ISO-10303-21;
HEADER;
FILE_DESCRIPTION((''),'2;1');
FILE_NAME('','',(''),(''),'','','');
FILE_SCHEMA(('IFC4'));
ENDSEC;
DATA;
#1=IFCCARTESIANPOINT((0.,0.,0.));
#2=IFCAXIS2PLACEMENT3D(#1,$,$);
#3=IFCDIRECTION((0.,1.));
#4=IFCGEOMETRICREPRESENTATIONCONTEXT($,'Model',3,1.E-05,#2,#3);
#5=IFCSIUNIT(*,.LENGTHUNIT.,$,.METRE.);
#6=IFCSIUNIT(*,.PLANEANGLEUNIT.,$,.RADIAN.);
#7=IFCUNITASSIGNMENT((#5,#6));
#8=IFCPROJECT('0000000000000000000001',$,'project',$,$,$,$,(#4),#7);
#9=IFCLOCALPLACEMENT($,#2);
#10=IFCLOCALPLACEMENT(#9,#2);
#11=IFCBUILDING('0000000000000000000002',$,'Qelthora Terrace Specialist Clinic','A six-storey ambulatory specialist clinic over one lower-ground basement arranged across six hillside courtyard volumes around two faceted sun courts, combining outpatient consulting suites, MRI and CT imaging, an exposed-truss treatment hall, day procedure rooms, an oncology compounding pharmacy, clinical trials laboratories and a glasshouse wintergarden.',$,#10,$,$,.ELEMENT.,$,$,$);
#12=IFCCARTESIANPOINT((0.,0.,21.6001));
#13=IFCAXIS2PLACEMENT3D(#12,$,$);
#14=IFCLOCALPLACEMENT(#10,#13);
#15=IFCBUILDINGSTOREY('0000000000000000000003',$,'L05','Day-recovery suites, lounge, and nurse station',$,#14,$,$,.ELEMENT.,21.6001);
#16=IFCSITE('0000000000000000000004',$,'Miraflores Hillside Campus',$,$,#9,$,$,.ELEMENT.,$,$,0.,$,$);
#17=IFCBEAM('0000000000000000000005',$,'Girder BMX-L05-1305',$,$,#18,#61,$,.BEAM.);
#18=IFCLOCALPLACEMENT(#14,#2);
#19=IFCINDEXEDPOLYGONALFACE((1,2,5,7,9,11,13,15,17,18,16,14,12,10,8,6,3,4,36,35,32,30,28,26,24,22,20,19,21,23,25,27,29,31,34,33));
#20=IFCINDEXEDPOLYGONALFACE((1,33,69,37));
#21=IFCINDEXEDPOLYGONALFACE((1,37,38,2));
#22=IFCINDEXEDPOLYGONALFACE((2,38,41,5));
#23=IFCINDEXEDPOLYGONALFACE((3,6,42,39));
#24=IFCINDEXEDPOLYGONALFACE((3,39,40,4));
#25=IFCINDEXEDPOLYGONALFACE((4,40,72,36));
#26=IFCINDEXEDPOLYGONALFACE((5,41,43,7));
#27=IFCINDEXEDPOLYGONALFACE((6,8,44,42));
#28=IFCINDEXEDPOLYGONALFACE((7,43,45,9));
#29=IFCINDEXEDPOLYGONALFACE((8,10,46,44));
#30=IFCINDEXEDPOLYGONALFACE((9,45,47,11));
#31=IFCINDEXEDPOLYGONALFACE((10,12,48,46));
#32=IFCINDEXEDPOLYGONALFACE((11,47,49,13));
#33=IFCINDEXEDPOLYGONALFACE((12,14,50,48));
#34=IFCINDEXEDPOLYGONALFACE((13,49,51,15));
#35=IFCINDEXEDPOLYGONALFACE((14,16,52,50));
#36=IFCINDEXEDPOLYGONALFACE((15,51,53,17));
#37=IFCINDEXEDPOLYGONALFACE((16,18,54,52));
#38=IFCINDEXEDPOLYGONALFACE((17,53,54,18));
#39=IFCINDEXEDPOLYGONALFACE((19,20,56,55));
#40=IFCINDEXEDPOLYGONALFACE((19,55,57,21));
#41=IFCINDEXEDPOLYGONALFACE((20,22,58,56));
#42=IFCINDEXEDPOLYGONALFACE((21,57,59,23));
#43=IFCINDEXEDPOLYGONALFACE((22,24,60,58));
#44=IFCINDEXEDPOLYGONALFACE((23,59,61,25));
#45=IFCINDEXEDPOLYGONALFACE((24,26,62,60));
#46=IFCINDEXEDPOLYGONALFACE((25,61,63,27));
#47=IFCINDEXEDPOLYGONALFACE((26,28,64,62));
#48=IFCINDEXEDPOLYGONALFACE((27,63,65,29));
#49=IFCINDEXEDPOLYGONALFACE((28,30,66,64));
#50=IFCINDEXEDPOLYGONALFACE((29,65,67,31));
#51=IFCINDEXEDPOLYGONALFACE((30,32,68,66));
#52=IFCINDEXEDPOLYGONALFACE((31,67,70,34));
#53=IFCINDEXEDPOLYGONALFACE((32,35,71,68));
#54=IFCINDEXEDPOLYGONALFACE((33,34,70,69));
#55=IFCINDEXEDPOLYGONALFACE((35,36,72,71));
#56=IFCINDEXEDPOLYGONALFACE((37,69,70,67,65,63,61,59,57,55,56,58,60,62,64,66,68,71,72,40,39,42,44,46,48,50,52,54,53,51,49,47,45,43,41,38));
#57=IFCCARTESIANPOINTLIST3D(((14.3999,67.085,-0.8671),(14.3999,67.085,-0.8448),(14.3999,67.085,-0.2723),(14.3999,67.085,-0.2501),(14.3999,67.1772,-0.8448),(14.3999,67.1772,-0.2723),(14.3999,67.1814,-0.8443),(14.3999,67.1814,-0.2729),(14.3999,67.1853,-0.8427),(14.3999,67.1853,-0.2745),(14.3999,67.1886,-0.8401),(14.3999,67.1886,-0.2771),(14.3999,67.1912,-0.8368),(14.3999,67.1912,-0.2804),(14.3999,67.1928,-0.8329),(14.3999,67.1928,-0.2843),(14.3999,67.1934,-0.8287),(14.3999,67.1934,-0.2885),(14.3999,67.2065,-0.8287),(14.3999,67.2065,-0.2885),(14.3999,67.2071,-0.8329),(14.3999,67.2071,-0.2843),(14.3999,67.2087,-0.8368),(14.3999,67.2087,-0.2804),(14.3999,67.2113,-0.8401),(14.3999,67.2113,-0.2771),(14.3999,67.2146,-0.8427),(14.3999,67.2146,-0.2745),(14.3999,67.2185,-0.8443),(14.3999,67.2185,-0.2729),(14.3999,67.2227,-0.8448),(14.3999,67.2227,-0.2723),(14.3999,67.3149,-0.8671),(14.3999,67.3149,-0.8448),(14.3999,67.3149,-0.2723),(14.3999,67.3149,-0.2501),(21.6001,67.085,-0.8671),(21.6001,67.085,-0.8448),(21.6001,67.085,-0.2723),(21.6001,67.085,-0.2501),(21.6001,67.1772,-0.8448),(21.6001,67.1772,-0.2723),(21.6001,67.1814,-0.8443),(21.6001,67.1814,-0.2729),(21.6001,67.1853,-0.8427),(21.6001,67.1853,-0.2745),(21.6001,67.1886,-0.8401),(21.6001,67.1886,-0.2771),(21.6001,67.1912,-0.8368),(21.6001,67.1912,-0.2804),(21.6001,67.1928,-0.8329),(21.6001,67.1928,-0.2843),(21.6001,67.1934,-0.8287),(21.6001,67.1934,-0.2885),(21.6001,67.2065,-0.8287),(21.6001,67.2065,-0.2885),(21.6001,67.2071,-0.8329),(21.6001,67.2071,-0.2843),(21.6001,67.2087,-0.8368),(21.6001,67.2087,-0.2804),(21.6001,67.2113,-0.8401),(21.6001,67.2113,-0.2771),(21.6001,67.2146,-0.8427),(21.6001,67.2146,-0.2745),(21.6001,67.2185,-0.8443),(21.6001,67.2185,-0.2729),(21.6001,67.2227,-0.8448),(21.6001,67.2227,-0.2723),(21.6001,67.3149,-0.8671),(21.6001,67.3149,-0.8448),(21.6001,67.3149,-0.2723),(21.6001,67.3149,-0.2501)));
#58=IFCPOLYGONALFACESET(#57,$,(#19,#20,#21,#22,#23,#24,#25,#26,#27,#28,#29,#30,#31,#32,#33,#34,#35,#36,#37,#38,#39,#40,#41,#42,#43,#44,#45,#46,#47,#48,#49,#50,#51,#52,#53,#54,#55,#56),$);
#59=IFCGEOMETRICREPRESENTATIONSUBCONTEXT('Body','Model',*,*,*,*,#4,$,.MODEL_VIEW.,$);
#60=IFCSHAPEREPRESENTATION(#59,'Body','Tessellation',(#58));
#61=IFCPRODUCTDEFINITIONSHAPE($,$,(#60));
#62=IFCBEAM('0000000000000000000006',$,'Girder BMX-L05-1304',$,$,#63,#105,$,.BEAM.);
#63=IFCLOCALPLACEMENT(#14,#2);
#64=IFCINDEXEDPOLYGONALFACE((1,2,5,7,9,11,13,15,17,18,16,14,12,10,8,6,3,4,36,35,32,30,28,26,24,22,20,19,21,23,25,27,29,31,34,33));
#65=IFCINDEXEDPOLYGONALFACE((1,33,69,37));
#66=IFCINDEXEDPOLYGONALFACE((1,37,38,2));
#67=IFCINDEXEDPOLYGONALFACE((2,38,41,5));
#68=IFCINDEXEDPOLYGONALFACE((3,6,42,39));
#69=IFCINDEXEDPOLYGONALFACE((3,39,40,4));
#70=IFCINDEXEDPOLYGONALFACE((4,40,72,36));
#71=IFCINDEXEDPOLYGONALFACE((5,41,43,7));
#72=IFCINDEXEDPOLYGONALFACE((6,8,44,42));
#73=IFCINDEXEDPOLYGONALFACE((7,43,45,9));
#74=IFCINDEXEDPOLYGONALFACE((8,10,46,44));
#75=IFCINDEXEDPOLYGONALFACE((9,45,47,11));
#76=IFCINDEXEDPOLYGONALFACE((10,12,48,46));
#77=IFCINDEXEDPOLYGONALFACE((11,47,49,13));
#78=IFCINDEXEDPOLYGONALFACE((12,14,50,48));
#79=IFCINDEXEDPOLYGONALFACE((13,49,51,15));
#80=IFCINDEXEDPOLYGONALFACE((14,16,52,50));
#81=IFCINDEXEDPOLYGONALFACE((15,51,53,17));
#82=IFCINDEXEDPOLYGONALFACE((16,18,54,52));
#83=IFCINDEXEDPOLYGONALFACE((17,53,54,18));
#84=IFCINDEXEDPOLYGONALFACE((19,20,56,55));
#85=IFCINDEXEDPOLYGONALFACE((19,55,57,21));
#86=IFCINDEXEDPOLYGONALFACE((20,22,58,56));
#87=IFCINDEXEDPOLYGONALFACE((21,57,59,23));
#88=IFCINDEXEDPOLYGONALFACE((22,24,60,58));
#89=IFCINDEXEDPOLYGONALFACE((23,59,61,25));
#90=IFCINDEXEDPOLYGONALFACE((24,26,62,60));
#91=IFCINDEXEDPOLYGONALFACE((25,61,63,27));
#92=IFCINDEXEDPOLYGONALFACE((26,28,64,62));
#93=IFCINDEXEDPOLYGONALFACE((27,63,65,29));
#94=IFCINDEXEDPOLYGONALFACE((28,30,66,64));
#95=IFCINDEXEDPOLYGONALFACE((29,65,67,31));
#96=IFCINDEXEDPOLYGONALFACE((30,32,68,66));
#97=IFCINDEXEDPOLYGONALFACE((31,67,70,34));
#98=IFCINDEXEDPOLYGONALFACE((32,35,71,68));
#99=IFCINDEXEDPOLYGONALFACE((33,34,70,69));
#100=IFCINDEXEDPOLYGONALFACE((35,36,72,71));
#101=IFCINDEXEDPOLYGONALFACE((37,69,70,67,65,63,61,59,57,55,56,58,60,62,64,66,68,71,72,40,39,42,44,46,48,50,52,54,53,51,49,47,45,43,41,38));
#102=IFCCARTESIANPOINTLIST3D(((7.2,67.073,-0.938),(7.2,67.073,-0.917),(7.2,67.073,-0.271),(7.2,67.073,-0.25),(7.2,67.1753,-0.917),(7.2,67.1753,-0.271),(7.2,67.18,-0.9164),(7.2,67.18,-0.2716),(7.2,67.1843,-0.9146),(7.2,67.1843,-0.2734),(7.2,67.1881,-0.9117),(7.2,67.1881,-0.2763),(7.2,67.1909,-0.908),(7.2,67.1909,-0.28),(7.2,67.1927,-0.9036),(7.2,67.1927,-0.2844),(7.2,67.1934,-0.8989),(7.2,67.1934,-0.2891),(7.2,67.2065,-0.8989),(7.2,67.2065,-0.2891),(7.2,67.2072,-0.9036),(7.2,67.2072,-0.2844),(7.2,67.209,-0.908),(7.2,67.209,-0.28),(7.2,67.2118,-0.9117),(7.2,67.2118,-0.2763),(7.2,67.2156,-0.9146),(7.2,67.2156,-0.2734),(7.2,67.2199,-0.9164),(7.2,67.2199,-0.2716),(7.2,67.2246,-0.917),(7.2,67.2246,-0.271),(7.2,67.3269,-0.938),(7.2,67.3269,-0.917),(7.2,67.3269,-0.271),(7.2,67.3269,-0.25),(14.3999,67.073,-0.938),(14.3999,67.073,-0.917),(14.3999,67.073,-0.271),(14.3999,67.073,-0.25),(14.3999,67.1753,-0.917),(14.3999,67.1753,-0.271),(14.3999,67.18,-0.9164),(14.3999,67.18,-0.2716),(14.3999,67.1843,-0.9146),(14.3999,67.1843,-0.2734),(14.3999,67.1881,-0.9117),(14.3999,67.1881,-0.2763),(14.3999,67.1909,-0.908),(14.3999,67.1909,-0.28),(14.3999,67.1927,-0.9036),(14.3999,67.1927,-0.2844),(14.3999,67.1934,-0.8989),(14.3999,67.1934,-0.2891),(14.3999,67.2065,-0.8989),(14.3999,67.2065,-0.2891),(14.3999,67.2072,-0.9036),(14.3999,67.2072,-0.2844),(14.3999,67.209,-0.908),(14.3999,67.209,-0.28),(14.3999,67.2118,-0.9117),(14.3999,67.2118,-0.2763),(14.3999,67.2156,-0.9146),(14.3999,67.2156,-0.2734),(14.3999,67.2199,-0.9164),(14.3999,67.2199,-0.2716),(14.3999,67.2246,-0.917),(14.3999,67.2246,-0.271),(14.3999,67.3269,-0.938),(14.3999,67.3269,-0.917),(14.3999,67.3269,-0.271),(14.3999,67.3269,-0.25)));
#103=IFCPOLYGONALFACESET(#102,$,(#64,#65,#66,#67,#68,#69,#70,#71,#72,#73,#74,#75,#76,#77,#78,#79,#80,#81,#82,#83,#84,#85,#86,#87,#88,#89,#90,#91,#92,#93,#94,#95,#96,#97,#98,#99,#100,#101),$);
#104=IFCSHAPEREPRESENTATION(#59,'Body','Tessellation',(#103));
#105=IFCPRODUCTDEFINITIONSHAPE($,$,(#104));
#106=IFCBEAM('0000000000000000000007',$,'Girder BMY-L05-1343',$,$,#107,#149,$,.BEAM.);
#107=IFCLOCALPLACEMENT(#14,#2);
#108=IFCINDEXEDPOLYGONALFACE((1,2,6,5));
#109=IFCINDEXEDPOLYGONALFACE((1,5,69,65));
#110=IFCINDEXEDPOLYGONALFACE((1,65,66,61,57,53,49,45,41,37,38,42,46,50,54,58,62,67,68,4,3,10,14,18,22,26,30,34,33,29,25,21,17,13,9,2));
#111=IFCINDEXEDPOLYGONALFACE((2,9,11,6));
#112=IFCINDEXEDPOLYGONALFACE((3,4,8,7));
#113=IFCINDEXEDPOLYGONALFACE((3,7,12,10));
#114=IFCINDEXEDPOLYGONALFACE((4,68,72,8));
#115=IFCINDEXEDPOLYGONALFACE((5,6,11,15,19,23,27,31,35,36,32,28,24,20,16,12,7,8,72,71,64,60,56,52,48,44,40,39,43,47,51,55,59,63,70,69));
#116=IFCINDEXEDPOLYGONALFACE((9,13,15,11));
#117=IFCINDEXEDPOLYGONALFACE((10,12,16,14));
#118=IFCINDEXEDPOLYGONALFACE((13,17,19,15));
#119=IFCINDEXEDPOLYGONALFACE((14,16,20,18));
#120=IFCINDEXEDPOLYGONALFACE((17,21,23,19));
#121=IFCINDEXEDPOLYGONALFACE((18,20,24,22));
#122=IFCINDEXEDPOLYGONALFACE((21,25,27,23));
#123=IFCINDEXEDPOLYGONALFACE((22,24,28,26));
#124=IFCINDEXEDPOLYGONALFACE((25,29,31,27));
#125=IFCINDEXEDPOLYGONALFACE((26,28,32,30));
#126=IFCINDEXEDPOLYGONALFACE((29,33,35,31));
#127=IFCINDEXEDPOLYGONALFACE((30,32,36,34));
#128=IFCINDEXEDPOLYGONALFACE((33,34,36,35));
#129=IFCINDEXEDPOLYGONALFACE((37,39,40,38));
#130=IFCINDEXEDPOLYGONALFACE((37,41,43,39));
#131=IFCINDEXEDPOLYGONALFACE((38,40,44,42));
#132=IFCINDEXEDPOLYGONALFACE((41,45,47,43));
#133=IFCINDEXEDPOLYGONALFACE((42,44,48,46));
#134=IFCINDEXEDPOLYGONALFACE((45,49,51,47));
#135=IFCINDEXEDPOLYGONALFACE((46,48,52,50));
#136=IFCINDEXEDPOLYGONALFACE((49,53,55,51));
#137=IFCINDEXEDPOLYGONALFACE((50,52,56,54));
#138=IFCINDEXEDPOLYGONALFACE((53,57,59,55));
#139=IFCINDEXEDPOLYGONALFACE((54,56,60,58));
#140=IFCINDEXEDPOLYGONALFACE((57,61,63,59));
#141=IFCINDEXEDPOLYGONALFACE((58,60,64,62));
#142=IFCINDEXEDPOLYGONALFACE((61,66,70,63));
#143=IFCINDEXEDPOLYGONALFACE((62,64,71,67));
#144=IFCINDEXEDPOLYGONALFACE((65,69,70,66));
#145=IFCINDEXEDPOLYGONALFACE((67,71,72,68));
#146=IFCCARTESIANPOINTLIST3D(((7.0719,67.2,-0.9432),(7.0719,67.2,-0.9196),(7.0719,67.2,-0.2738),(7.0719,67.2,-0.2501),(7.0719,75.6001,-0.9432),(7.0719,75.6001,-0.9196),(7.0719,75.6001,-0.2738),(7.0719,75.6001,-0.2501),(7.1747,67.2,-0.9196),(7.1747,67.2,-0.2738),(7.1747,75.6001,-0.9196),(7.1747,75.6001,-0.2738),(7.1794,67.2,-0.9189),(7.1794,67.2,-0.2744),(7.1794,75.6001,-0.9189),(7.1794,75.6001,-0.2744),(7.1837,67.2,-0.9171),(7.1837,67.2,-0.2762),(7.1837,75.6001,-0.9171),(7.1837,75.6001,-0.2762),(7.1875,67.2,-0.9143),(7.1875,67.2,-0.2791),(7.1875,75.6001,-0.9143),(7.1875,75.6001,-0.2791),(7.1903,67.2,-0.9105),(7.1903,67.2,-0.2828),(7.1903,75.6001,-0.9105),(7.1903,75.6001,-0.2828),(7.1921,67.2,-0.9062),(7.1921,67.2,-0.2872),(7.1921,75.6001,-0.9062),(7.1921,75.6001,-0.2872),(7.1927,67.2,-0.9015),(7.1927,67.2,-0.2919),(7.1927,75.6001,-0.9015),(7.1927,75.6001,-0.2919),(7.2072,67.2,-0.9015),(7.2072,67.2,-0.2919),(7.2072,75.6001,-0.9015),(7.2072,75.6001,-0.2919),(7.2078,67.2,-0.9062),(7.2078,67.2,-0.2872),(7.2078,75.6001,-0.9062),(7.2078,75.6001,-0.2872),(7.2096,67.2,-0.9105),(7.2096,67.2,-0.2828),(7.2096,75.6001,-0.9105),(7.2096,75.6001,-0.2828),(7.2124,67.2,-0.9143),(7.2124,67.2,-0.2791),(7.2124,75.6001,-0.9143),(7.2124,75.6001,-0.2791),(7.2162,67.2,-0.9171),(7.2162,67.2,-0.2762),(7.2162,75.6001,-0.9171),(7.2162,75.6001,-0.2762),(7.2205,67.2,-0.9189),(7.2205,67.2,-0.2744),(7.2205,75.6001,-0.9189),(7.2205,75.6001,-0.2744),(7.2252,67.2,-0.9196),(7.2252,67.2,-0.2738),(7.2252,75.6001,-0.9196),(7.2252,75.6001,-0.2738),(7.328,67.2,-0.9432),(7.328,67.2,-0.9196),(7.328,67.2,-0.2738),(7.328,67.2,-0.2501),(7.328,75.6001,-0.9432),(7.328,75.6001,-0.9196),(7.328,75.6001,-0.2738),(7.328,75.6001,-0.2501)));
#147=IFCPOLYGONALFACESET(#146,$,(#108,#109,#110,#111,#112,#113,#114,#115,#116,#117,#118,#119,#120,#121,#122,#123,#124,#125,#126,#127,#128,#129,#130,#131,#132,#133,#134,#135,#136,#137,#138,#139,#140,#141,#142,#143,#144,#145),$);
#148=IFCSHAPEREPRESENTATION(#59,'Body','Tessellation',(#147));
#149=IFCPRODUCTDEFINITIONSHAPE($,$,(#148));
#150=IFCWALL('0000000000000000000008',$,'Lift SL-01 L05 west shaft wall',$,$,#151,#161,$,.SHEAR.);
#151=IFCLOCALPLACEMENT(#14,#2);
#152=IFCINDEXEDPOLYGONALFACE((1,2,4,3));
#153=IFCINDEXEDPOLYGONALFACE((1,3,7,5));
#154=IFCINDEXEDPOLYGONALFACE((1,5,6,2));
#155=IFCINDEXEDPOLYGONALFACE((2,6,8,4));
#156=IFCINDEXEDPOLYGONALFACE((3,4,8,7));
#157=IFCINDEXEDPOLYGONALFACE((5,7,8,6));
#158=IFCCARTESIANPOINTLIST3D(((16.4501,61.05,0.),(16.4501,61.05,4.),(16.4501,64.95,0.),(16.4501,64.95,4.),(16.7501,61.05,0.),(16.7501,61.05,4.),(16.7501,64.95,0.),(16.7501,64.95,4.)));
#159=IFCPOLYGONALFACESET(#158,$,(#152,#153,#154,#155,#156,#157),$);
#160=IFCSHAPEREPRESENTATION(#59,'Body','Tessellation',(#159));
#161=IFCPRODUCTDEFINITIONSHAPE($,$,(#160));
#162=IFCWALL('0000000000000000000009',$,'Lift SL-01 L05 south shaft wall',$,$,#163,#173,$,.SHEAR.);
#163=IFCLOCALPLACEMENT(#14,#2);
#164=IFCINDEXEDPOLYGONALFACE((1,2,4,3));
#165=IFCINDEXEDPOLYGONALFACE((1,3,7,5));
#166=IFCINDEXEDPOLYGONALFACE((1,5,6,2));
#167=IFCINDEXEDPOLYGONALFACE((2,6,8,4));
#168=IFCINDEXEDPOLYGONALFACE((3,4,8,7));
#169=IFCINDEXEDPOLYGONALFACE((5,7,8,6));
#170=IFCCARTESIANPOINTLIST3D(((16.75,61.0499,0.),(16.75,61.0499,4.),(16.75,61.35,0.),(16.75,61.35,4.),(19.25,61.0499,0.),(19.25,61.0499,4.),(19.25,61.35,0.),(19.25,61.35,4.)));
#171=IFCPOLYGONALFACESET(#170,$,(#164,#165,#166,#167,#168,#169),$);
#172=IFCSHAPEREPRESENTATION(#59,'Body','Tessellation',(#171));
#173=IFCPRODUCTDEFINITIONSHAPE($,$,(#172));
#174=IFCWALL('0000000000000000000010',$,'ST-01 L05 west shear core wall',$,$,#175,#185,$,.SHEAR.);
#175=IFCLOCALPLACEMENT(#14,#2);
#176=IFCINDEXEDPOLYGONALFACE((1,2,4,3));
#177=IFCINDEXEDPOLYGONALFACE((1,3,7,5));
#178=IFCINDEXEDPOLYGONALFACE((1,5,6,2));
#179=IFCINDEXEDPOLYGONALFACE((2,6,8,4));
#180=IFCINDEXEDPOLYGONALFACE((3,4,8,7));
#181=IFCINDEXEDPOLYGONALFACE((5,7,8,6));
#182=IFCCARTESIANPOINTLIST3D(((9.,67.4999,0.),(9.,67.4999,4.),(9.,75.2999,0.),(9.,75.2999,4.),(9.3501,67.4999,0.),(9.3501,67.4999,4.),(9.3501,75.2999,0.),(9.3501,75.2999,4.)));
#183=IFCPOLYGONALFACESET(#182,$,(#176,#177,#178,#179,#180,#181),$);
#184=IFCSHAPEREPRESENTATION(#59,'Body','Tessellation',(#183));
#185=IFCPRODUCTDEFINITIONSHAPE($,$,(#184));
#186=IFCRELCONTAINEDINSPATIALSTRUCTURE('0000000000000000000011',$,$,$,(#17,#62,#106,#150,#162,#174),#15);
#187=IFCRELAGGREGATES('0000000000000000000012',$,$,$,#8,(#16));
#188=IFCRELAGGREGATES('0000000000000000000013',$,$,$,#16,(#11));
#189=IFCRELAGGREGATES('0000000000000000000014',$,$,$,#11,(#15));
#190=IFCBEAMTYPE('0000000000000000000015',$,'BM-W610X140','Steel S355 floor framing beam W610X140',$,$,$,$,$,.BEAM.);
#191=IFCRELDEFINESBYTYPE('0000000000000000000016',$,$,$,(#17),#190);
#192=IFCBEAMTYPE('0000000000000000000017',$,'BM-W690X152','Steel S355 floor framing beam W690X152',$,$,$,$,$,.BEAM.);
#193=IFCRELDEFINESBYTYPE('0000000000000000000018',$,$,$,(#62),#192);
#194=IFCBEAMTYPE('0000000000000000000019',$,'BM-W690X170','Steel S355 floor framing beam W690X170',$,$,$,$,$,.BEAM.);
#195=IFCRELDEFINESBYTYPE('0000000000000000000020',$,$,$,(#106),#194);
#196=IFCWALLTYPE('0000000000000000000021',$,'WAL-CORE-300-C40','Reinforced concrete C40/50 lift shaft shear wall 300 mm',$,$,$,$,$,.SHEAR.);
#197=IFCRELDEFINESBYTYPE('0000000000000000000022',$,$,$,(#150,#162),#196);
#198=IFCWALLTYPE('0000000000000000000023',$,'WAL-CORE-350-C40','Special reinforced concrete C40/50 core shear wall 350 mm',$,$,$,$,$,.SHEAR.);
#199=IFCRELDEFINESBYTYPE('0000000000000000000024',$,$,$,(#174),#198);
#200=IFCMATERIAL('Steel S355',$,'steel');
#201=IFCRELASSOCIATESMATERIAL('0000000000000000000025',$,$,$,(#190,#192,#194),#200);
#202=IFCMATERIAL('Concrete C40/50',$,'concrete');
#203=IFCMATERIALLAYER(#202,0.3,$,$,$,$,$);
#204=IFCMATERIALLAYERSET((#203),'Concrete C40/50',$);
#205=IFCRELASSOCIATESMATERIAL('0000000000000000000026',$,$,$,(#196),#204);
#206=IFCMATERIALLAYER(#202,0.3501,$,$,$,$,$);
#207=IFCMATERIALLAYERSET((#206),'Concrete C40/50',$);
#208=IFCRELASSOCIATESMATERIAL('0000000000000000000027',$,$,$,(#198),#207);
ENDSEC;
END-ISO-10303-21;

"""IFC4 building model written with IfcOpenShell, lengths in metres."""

from ifc_helpers import new_model, si_unit, direction, frame, frame_2d, origin, origin_2d, place, context, subcontext, project, spatial, rectangle, i_section, extrude, material, layer, layer_set, material_profile, profile_set, type_object, element, save


model = new_model("IFC4")

# Units and contexts
model_context = context("Model", 3, precision=1e-05, world=origin(), true_north=direction((0.0, 1.0)))
body_context = subcontext(model_context, "Body", "Model", "MODEL_VIEW")
ifc_project = project(units=[si_unit("LENGTHUNIT", "METRE"), si_unit("PLANEANGLEUNIT", "RADIAN")], contexts=[model_context])

# Site, building, storey
site_placement = place(None, origin())
site = spatial("IfcSite", under=ifc_project, at=site_placement, Name="Miraflores Hillside Campus", CompositionType="ELEMENT", RefElevation=0.0)
building_placement = place(site_placement, origin())
building = spatial("IfcBuilding", under=site, at=building_placement, Name="Qelthora Terrace Specialist Clinic", Description="A six-storey ambulatory specialist clinic over one lower-ground basement arranged across six hillside courtyard volumes around two faceted sun courts, combining outpatient consulting suites, MRI and CT imaging, an exposed-truss treatment hall, day procedure rooms, an oncology compounding pharmacy, clinical trials laboratories and a glasshouse wintergarden.", CompositionType="ELEMENT")
storey_placement = place(building_placement, frame((0.0, 0.0, 21.6001)))
storey = spatial("IfcBuildingStorey", under=building, at=storey_placement, Name="L05", Description="Day-recovery suites, lounge, and nurse station", CompositionType="ELEMENT", Elevation=21.6001)

# Shared definitions
ifc_material_1 = material(Name="Steel S355", Category="steel")

# Beams
ifc_material_profile_1 = material_profile(ifc_material_1, i_section(OverallWidth=0.23, OverallDepth=0.6169, WebThickness=0.0132, FlangeThickness=0.0222, FilletRadius=0.0161, at=origin_2d()), Name="W610X140")
ifc_profile_set_1 = profile_set([ifc_material_profile_1], Name="Steel S355")
beam_type_1 = type_object("IfcBeamType", Name="BM-W610X140", Description="Steel S355 floor framing beam W610X140", PredefinedType="BEAM", material=ifc_profile_set_1)
beam_1_placement = place(storey_placement, frame((14.3999, 67.2, -0.5586), z_axis=(1.0, 0.0, 0.0), x_axis=(0.0, 1.0, 0.0)))
element("IfcBeam", 1, at=beam_1_placement, inside=storey, type_object=beam_type_1, Name="Girder BMX-L05-1305", PredefinedType="BEAM", context=body_context, shape_type="SweptSolid", body=[
    extrude(i_section(OverallWidth=0.23, OverallDepth=0.6169, WebThickness=0.0132, FlangeThickness=0.0222, FilletRadius=0.0161, at=origin_2d()), origin(), (0.0, 0.0, 1.0), 7.2002),
])
ifc_material_profile_2 = material_profile(ifc_material_1, i_section(OverallWidth=0.2539, OverallDepth=0.688, WebThickness=0.0132, FlangeThickness=0.021, FilletRadius=0.0181, at=origin_2d()), Name="W690X152")
ifc_profile_set_2 = profile_set([ifc_material_profile_2], Name="Steel S355")
beam_type_2 = type_object("IfcBeamType", Name="BM-W690X152", Description="Steel S355 floor framing beam W690X152", PredefinedType="BEAM", material=ifc_profile_set_2)
beam_2_placement = place(storey_placement, frame((7.2, 67.2, -0.594), z_axis=(1.0, 0.0, 0.0), x_axis=(0.0, 1.0, 0.0)))
element("IfcBeam", 2, at=beam_2_placement, inside=storey, type_object=beam_type_2, Name="Girder BMX-L05-1304", PredefinedType="BEAM", context=body_context, shape_type="SweptSolid", body=[
    extrude(i_section(OverallWidth=0.2539, OverallDepth=0.688, WebThickness=0.0132, FlangeThickness=0.021, FilletRadius=0.0181, at=origin_2d()), origin(), (0.0, 0.0, 1.0), 7.2),
])
ifc_material_profile_3 = material_profile(ifc_material_1, i_section(OverallWidth=0.2561, OverallDepth=0.6931, WebThickness=0.0144, FlangeThickness=0.0237, FilletRadius=0.0181, at=origin_2d()), Name="W690X170")
ifc_profile_set_3 = profile_set([ifc_material_profile_3], Name="Steel S355")
beam_type_3 = type_object("IfcBeamType", Name="BM-W690X170", Description="Steel S355 floor framing beam W690X170", PredefinedType="BEAM", material=ifc_profile_set_3)
beam_3_placement = place(storey_placement, frame((7.2, 67.2, -0.5967), z_axis=(0.0, 1.0, 0.0), x_axis=(-1.0, 0.0, 0.0)))
element("IfcBeam", 3, at=beam_3_placement, inside=storey, type_object=beam_type_3, Name="Girder BMY-L05-1343", PredefinedType="BEAM", context=body_context, shape_type="SweptSolid", body=[
    extrude(i_section(OverallWidth=0.2561, OverallDepth=0.6931, WebThickness=0.0144, FlangeThickness=0.0237, FilletRadius=0.0181, at=origin_2d()), origin(), (0.0, 0.0, 1.0), 8.4001),
])

# Wall
ifc_material_2 = material(Name="Concrete C40/50", Category="concrete")
ifc_layer_1 = layer(ifc_material_2, 0.3)
ifc_layer_set_1 = layer_set([ifc_layer_1], Name="Concrete C40/50")
wall_type_1 = type_object("IfcWallType", Name="WAL-CORE-300-C40", Description="Reinforced concrete C40/50 lift shaft shear wall 300 mm", PredefinedType="SHEAR", material=ifc_layer_set_1)
wall_1_placement = place(storey_placement, frame((16.6001, 61.05, 0.0), z_axis=(0.0, 0.0, 1.0), x_axis=(0.0, 1.0, 0.0)))
element("IfcWall", 4, at=wall_1_placement, inside=storey, type_object=wall_type_1, Name="Lift SL-01 L05 west shaft wall", PredefinedType="SHEAR", context=body_context, shape_type="SweptSolid", body=[
    extrude(rectangle(XDim=3.8999, YDim=0.3, at=frame_2d((1.95, 0.0))), origin(), (0.0, 0.0, 1.0), 4.0),
])

# Walls
wall_2_placement = place(storey_placement, frame((16.75, 61.2, 0.0), z_axis=(0.0, 0.0, 1.0), x_axis=(1.0, 0.0, 0.0)))
element("IfcWall", 5, at=wall_2_placement, inside=storey, type_object=wall_type_1, Name="Lift SL-01 L05 south shaft wall", PredefinedType="SHEAR", context=body_context, shape_type="SweptSolid", body=[
    extrude(rectangle(XDim=2.5, YDim=0.3, at=frame_2d((1.25, 0.0))), origin(), (0.0, 0.0, 1.0), 4.0),
])
ifc_layer_2 = layer(ifc_material_2, 0.3501)
ifc_layer_set_2 = layer_set([ifc_layer_2], Name="Concrete C40/50")
wall_type_2 = type_object("IfcWallType", Name="WAL-CORE-350-C40", Description="Special reinforced concrete C40/50 core shear wall 350 mm", PredefinedType="SHEAR", material=ifc_layer_set_2)
for number, where, z_axis, x_axis, name in (
    (6, (9.175, 67.5, 0.0), (0.0, 0.0, 1.0), (0.0, 1.0, 0.0), "ST-01 L05 west shear core wall"),
):
    element("IfcWall", number, at=place(storey_placement, frame(where, z_axis=z_axis, x_axis=x_axis)), inside=storey, type_object=wall_type_2, Name=name, PredefinedType="SHEAR", context=body_context, shape_type="SweptSolid", body=[
        extrude(rectangle(XDim=7.8, YDim=0.3501, at=frame_2d((3.8999, 0.0))), origin(), (0.0, 0.0, 1.0), 4.0),
    ])

save(model, "model.ifc")
